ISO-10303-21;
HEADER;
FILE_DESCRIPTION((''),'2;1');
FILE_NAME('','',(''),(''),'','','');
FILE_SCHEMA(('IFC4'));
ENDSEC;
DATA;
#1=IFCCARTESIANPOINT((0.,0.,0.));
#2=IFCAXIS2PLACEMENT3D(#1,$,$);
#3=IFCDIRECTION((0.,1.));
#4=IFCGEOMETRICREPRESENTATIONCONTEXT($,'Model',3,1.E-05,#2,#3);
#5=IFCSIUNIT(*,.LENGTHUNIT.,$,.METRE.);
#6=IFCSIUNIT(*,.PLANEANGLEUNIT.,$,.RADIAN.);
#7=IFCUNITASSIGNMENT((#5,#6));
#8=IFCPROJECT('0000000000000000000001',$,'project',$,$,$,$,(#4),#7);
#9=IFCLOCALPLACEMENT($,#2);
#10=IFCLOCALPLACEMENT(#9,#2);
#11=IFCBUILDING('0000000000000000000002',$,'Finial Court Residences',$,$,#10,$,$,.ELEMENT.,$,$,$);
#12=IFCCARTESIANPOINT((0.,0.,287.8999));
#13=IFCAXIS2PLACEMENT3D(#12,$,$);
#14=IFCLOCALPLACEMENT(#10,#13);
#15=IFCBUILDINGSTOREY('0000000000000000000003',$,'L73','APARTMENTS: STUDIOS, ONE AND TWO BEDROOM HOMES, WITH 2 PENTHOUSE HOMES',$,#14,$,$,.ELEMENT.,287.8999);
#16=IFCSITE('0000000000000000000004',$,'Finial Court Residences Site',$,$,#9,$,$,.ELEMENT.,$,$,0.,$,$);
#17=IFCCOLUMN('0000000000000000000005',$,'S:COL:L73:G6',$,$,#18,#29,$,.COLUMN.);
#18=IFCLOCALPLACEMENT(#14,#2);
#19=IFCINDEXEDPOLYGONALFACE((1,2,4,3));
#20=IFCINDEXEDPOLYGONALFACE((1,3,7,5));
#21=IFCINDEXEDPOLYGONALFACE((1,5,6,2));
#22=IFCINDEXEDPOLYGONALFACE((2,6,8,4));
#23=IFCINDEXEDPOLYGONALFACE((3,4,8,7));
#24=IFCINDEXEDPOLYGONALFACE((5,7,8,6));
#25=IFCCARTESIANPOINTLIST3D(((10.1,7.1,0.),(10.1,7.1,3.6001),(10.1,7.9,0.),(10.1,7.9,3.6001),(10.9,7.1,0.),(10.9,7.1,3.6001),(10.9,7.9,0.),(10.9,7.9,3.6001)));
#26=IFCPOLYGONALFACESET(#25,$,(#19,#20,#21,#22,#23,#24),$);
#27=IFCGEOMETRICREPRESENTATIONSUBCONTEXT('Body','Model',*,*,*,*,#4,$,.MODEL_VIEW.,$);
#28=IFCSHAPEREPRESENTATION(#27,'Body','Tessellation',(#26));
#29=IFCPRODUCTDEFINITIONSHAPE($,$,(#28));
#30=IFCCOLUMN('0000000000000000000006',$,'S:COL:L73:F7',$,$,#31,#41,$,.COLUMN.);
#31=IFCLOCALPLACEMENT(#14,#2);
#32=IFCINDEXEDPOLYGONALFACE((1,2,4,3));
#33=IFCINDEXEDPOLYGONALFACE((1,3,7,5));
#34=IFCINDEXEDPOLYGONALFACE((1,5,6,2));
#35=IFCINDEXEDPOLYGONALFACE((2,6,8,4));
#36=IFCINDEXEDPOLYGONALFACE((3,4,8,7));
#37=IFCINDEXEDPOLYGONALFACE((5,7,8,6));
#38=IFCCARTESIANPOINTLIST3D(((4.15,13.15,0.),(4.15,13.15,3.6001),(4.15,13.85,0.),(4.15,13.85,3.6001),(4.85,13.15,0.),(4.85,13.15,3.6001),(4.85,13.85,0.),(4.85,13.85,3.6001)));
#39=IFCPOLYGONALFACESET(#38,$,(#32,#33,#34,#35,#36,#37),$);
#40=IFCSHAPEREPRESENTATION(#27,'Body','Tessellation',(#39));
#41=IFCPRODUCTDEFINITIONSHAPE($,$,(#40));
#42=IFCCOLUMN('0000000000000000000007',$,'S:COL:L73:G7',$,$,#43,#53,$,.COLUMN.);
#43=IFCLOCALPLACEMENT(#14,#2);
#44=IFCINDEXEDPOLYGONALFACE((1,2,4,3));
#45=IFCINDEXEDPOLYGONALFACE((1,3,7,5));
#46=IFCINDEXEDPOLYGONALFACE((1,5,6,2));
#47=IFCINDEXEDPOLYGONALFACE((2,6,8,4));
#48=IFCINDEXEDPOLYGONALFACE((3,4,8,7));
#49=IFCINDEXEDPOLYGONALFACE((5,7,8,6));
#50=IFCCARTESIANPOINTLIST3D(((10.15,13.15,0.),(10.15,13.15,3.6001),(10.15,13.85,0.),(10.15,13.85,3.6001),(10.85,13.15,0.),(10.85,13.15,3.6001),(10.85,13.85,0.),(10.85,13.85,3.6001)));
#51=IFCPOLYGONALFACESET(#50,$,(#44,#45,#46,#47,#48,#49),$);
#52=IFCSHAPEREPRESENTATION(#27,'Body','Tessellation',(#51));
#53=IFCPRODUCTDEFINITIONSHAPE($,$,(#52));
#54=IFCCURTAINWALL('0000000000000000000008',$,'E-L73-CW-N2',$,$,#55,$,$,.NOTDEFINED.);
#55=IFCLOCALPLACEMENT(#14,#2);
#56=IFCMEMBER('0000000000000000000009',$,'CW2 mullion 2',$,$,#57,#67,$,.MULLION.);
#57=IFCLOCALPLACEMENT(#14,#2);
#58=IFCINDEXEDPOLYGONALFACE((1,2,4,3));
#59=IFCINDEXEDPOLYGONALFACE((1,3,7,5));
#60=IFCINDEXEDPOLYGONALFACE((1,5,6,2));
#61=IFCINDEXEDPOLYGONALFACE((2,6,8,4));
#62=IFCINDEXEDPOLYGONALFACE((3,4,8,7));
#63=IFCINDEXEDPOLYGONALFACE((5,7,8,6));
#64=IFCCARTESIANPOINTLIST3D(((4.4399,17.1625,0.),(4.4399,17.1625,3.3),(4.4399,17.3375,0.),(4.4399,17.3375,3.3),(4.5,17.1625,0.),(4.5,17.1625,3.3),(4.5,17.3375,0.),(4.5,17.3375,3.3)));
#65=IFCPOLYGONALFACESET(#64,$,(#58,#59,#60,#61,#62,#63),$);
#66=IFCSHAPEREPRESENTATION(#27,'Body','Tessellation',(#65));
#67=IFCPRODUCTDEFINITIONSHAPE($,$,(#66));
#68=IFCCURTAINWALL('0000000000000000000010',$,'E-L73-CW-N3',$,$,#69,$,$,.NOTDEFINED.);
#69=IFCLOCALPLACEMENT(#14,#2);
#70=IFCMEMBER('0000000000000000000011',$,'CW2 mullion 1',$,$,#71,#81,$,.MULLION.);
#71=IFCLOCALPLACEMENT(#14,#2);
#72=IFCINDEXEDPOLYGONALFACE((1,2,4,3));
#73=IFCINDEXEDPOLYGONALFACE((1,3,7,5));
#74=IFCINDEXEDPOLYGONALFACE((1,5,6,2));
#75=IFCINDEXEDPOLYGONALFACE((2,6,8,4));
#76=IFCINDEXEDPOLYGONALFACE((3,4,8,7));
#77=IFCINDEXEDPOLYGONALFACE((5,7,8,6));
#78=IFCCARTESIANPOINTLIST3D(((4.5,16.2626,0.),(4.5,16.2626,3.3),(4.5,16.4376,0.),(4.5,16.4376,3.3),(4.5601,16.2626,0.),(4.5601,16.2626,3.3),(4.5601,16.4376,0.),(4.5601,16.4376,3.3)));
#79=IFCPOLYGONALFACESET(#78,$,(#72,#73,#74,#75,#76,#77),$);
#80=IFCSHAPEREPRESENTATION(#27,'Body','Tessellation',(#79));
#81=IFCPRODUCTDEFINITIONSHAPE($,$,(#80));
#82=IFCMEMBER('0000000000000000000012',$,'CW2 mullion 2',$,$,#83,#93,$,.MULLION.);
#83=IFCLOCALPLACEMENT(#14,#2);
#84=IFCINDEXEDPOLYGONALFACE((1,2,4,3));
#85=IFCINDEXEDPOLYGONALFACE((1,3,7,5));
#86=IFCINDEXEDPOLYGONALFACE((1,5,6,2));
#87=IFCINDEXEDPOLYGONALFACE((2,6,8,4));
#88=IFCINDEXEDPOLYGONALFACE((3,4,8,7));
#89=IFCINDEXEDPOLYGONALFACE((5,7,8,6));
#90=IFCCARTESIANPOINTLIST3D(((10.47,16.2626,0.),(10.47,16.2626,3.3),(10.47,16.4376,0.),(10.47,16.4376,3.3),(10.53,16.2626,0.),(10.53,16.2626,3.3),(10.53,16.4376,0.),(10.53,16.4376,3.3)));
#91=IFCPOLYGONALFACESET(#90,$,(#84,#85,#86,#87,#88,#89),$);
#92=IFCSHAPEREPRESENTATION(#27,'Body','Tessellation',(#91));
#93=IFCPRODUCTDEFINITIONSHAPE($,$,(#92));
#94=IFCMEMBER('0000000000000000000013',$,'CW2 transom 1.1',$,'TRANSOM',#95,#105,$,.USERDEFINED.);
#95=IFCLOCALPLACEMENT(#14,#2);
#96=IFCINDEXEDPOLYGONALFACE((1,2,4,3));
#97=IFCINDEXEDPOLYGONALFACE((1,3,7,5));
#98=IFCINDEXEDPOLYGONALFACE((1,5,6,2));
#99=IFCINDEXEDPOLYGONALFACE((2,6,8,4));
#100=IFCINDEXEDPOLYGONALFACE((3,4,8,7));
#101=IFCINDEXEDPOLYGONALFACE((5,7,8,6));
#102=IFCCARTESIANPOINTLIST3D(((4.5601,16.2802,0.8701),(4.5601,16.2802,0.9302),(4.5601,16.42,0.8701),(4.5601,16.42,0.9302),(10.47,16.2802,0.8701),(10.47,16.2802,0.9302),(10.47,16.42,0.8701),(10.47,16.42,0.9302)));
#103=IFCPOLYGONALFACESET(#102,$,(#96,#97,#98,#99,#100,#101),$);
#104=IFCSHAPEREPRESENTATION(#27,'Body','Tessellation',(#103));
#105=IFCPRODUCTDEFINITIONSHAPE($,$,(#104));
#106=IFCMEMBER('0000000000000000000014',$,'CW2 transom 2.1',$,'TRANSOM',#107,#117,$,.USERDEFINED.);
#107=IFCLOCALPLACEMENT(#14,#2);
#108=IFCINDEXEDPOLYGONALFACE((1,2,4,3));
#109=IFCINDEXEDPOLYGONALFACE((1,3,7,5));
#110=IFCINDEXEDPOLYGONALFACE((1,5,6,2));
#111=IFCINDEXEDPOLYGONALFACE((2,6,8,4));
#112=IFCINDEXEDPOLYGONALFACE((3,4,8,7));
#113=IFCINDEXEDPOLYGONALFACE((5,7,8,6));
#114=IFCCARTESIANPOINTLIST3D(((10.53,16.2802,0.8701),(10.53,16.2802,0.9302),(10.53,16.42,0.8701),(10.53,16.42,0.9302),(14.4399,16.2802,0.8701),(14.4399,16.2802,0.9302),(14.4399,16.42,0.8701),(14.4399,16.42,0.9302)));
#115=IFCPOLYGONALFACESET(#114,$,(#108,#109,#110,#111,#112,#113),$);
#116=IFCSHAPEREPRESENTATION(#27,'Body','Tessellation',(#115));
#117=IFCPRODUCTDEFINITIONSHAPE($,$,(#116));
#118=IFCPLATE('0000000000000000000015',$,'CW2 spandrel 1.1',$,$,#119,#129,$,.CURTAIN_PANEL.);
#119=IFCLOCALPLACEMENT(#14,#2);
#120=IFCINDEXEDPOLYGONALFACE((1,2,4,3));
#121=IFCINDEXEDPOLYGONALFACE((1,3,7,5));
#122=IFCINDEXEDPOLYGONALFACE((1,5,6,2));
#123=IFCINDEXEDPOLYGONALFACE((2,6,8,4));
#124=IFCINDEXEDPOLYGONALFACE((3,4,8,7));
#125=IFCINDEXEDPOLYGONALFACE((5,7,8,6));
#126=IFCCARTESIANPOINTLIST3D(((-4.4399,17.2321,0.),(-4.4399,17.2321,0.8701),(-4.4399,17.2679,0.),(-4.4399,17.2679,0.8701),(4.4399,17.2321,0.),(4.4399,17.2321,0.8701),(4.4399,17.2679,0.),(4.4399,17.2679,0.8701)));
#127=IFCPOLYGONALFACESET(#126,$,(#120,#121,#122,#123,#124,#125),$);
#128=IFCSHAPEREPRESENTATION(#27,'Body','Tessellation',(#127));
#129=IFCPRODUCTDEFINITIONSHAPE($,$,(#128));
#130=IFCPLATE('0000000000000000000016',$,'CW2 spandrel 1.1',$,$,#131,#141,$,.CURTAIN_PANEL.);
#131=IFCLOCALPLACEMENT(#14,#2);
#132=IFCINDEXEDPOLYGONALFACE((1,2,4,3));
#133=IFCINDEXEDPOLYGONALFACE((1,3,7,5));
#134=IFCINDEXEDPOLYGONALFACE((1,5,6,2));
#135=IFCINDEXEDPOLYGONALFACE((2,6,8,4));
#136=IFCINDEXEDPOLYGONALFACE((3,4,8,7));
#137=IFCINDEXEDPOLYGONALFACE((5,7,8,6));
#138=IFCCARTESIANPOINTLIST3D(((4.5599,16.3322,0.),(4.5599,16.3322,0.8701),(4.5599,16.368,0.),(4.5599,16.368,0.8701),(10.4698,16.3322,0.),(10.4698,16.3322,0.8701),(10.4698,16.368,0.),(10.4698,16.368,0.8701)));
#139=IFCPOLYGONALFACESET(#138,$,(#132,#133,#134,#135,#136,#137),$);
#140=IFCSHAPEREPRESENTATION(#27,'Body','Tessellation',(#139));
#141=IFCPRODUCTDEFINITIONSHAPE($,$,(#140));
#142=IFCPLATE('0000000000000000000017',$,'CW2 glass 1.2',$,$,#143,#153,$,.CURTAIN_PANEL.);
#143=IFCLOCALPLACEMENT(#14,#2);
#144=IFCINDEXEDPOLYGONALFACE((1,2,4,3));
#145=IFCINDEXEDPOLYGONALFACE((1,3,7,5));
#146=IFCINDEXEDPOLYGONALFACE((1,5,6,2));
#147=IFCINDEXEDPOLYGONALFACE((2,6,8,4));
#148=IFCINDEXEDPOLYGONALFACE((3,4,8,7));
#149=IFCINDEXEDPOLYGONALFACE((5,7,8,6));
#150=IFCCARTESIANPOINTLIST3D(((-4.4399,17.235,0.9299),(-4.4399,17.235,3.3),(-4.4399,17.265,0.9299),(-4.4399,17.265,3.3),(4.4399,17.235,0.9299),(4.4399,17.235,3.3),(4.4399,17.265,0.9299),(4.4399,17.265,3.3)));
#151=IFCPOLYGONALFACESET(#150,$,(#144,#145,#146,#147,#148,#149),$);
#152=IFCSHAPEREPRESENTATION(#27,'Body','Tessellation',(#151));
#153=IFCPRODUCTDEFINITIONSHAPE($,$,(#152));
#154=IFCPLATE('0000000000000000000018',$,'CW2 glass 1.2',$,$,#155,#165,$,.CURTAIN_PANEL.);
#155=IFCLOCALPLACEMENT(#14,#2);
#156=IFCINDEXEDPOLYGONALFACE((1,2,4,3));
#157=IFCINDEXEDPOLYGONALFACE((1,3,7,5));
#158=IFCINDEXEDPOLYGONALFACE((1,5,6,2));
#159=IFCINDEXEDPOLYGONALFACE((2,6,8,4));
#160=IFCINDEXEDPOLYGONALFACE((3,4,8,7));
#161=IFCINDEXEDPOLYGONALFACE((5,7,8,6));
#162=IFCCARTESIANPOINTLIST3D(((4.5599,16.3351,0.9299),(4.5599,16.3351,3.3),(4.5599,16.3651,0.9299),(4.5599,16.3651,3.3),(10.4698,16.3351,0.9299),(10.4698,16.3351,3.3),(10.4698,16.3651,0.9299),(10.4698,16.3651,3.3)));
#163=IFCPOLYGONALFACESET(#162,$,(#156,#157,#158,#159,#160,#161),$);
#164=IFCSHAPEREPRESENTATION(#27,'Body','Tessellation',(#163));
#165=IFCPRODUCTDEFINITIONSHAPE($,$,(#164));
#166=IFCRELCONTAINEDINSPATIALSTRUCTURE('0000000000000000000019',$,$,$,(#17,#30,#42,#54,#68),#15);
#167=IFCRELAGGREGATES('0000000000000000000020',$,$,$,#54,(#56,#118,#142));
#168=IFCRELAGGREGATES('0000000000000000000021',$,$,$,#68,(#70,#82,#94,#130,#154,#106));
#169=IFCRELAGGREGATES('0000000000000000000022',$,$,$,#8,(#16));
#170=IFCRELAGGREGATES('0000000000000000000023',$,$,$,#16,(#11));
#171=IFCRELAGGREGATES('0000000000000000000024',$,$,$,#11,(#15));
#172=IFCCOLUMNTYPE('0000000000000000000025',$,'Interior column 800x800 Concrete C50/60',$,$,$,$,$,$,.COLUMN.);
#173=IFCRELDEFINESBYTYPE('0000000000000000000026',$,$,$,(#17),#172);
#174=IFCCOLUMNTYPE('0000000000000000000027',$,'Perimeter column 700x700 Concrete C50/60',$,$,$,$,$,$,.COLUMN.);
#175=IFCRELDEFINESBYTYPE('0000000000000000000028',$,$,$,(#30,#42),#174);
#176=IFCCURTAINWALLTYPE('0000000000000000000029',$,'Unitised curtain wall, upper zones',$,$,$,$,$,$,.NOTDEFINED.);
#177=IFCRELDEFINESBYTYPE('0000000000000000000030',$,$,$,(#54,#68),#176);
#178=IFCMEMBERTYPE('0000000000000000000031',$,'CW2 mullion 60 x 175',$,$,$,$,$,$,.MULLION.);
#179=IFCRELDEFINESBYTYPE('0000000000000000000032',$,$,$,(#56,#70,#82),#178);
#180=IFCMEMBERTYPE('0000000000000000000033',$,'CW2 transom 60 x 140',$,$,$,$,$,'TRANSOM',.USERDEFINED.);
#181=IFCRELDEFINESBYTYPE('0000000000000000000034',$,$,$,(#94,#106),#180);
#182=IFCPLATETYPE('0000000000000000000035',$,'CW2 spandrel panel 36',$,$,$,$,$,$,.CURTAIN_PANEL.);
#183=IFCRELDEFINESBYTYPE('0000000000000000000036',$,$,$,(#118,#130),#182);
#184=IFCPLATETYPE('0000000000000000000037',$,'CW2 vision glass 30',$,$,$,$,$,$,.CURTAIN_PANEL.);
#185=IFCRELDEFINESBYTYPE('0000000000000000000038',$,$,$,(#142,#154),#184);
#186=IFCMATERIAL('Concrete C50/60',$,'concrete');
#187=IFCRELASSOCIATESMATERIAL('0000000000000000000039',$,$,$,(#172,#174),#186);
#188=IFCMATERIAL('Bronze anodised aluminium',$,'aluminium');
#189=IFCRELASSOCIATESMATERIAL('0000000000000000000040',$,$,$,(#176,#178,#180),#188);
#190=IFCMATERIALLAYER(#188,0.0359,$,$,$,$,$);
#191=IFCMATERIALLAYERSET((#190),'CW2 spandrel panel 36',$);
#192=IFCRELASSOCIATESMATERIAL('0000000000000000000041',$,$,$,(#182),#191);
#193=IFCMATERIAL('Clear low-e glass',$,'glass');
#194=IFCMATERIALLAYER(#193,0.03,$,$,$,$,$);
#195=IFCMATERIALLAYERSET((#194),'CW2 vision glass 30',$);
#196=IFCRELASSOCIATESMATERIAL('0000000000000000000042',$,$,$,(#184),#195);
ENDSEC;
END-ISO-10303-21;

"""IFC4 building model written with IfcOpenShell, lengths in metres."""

from ifc_helpers import new_model, si_unit, direction, frame, origin, origin_2d, place, context, subcontext, project, spatial, rectangle, extrude, material, layer, layer_set, material_profile, profile_set, type_object, element, aggregate, save


model = new_model("IFC4")

# Units and contexts
model_context = context("Model", 3, precision=1e-05, world=origin(), true_north=direction((0.0, 1.0)))
body_context = subcontext(model_context, "Body", "Model", "MODEL_VIEW")
ifc_project = project(units=[si_unit("LENGTHUNIT", "METRE"), si_unit("PLANEANGLEUNIT", "RADIAN")], contexts=[model_context])

# Site, building, storey
site_placement = place(None, origin())
site = spatial("IfcSite", under=ifc_project, at=site_placement, Name="Finial Court Residences Site", CompositionType="ELEMENT", RefElevation=0.0)
building_placement = place(site_placement, origin())
building = spatial("IfcBuilding", under=site, at=building_placement, Name="Finial Court Residences", CompositionType="ELEMENT")
storey_placement = place(building_placement, frame((0.0, 0.0, 287.8999)))
storey = spatial("IfcBuildingStorey", under=building, at=storey_placement, Name="L73", Description="APARTMENTS: STUDIOS, ONE AND TWO BEDROOM HOMES, WITH 2 PENTHOUSE HOMES", CompositionType="ELEMENT", Elevation=287.8999)

# Columns
ifc_material_1 = material(Name="Concrete C50/60", Category="concrete")
ifc_material_profile_1 = material_profile(ifc_material_1, rectangle(XDim=0.8, YDim=0.8, at=origin_2d()), Name="800x800")
ifc_profile_set_1 = profile_set([ifc_material_profile_1], Name="Concrete C50/60")
column_type_1 = type_object("IfcColumnType", Name="Interior column 800x800 Concrete C50/60", PredefinedType="COLUMN", material=ifc_profile_set_1)
column_placement = place(storey_placement, frame((10.5, 7.5, 0.0), z_axis=(0.0, 0.0, 1.0), x_axis=(1.0, 0.0, 0.0)))
element("IfcColumn", 1, at=column_placement, inside=storey, type_object=column_type_1, Name="S:COL:L73:G6", PredefinedType="COLUMN", context=body_context, shape_type="SweptSolid", body=[
    extrude(rectangle(XDim=0.8, YDim=0.8, at=origin_2d()), origin(), (0.0, 0.0, 1.0), 3.6001),
])
ifc_material_profile_2 = material_profile(ifc_material_1, rectangle(XDim=0.7, YDim=0.7, at=origin_2d()), Name="700x700")
ifc_profile_set_2 = profile_set([ifc_material_profile_2], Name="Concrete C50/60")
column_type_2 = type_object("IfcColumnType", Name="Perimeter column 700x700 Concrete C50/60", PredefinedType="COLUMN", material=ifc_profile_set_2)
for number, where, z_axis, x_axis, name in (
    (2, (4.5, 13.5, 0.0), (0.0, 0.0, 1.0), (1.0, 0.0, 0.0), "S:COL:L73:F7"),
    (3, (10.5, 13.5, 0.0), (0.0, 0.0, 1.0), (1.0, 0.0, 0.0), "S:COL:L73:G7"),
):
    element("IfcColumn", number, at=place(storey_placement, frame(where, z_axis=z_axis, x_axis=x_axis)), inside=storey, type_object=column_type_2, Name=name, PredefinedType="COLUMN", context=body_context, shape_type="SweptSolid", body=[
        extrude(rectangle(XDim=0.7, YDim=0.7, at=origin_2d()), origin(), (0.0, 0.0, 1.0), 3.6001),
    ])

# Curtain wall, member
ifc_material_2 = material(Name="Bronze anodised aluminium", Category="aluminium")
curtain_wall_type = type_object("IfcCurtainWallType", Name="Unitised curtain wall, upper zones", PredefinedType="NOTDEFINED", material=ifc_material_2)
curtain_wall_1_placement = place(storey_placement, origin())
curtain_wall_1 = element("IfcCurtainWall", 4, at=curtain_wall_1_placement, inside=storey, type_object=curtain_wall_type, Name="E-L73-CW-N2", PredefinedType="NOTDEFINED")
ifc_material_profile_3 = material_profile(ifc_material_2, rectangle(XDim=0.175, YDim=0.0601, at=origin_2d()), Name="CW2 mullion 60 x 175")
ifc_profile_set_3 = profile_set([ifc_material_profile_3], Name="Bronze anodised aluminium")
member_type_1 = type_object("IfcMemberType", Name="CW2 mullion 60 x 175", PredefinedType="MULLION", material=ifc_profile_set_3)
member_1_placement = place(storey_placement, frame((4.47, 17.25, 0.0), z_axis=(0.0, 0.0, 1.0), x_axis=(0.0, 1.0, 0.0)))
member_1 = element("IfcMember", 5, at=member_1_placement, type_object=member_type_1, Name="CW2 mullion 2", PredefinedType="MULLION", context=body_context, shape_type="SweptSolid", body=[
    extrude(rectangle(XDim=0.175, YDim=0.0601, at=origin_2d()), origin(), (0.0, 0.0, 1.0), 3.3),
])

# Curtain wall, members
curtain_wall_2_placement = place(storey_placement, origin())
curtain_wall_2 = element("IfcCurtainWall", 6, at=curtain_wall_2_placement, inside=storey, type_object=curtain_wall_type, Name="E-L73-CW-N3", PredefinedType="NOTDEFINED")
member_2_placement = place(storey_placement, frame((4.53, 16.3501, 0.0), z_axis=(0.0, 0.0, 1.0), x_axis=(0.0, 1.0, 0.0)))
member_2 = element("IfcMember", 7, at=member_2_placement, type_object=member_type_1, Name="CW2 mullion 1", PredefinedType="MULLION", context=body_context, shape_type="SweptSolid", body=[
    extrude(rectangle(XDim=0.175, YDim=0.0601, at=origin_2d()), origin(), (0.0, 0.0, 1.0), 3.3),
])
member_3_placement = place(storey_placement, frame((10.5, 16.3501, 0.0), z_axis=(0.0, 0.0, 1.0), x_axis=(0.0, 1.0, 0.0)))
member_3 = element("IfcMember", 8, at=member_3_placement, type_object=member_type_1, Name="CW2 mullion 2", PredefinedType="MULLION", context=body_context, shape_type="SweptSolid", body=[
    extrude(rectangle(XDim=0.175, YDim=0.0601, at=origin_2d()), origin(), (0.0, 0.0, 1.0), 3.3),
])
ifc_material_profile_4 = material_profile(ifc_material_2, rectangle(XDim=0.1399, YDim=0.0601, at=origin_2d()), Name="CW2 transom 60 x 140")
ifc_profile_set_4 = profile_set([ifc_material_profile_4], Name="Bronze anodised aluminium")
member_type_2 = type_object("IfcMemberType", Name="CW2 transom 60 x 140", ElementType="TRANSOM", PredefinedType="USERDEFINED", material=ifc_profile_set_4)
member_4_placement = place(storey_placement, frame((4.5601, 16.3501, 0.9001), z_axis=(1.0, 0.0, 0.0), x_axis=(0.0, 1.0, 0.0)))
member_4 = element("IfcMember", 9, at=member_4_placement, type_object=member_type_2, Name="CW2 transom 1.1", ObjectType="TRANSOM", PredefinedType="USERDEFINED", context=body_context, shape_type="SweptSolid", body=[
    extrude(rectangle(XDim=0.1399, YDim=0.0601, at=origin_2d()), origin(), (0.0, 0.0, 1.0), 5.9099),
])
member_5_placement = place(storey_placement, frame((10.53, 16.3501, 0.9001), z_axis=(1.0, 0.0, 0.0), x_axis=(0.0, 1.0, 0.0)))
member_5 = element("IfcMember", 10, at=member_5_placement, type_object=member_type_2, Name="CW2 transom 2.1", ObjectType="TRANSOM", PredefinedType="USERDEFINED", context=body_context, shape_type="SweptSolid", body=[
    extrude(rectangle(XDim=0.1399, YDim=0.0601, at=origin_2d()), origin(), (0.0, 0.0, 1.0), 3.9099),
])

# Plates
ifc_layer_1 = layer(ifc_material_2, 0.0359)
ifc_layer_set_1 = layer_set([ifc_layer_1], Name="CW2 spandrel panel 36")
plate_type_1 = type_object("IfcPlateType", Name="CW2 spandrel panel 36", PredefinedType="CURTAIN_PANEL", material=ifc_layer_set_1)
plate_1_placement = place(storey_placement, frame((0.0, 17.25, 0.0), z_axis=(0.0, 0.0, 1.0), x_axis=(1.0, 0.0, 0.0)))
plate_1 = element("IfcPlate", 11, at=plate_1_placement, type_object=plate_type_1, Name="CW2 spandrel 1.1", PredefinedType="CURTAIN_PANEL", context=body_context, shape_type="SweptSolid", body=[
    extrude(rectangle(XDim=8.8799, YDim=0.0359, at=origin_2d()), origin(), (0.0, 0.0, 1.0), 0.8701),
])
plate_2_placement = place(storey_placement, frame((7.5149, 16.3501, 0.0), z_axis=(0.0, 0.0, 1.0), x_axis=(1.0, 0.0, 0.0)))
plate_2 = element("IfcPlate", 12, at=plate_2_placement, type_object=plate_type_1, Name="CW2 spandrel 1.1", PredefinedType="CURTAIN_PANEL", context=body_context, shape_type="SweptSolid", body=[
    extrude(rectangle(XDim=5.9099, YDim=0.0359, at=origin_2d()), origin(), (0.0, 0.0, 1.0), 0.8701),
])
ifc_material_3 = material(Name="Clear low-e glass", Category="glass")
ifc_layer_2 = layer(ifc_material_3, 0.03)
ifc_layer_set_2 = layer_set([ifc_layer_2], Name="CW2 vision glass 30")
plate_type_2 = type_object("IfcPlateType", Name="CW2 vision glass 30", PredefinedType="CURTAIN_PANEL", material=ifc_layer_set_2)
plate_3_placement = place(storey_placement, frame((0.0, 17.25, 0.9299), z_axis=(0.0, 0.0, 1.0), x_axis=(1.0, 0.0, 0.0)))
plate_3 = element("IfcPlate", 13, at=plate_3_placement, type_object=plate_type_2, Name="CW2 glass 1.2", PredefinedType="CURTAIN_PANEL", context=body_context, shape_type="SweptSolid", body=[
    extrude(rectangle(XDim=8.8799, YDim=0.03, at=origin_2d()), origin(), (0.0, 0.0, 1.0), 2.3701),
])
aggregate(curtain_wall_1, [member_1, plate_1, plate_3])
plate_4_placement = place(storey_placement, frame((7.5149, 16.3501, 0.9299), z_axis=(0.0, 0.0, 1.0), x_axis=(1.0, 0.0, 0.0)))
plate_4 = element("IfcPlate", 14, at=plate_4_placement, type_object=plate_type_2, Name="CW2 glass 1.2", PredefinedType="CURTAIN_PANEL", context=body_context, shape_type="SweptSolid", body=[
    extrude(rectangle(XDim=5.9099, YDim=0.03, at=origin_2d()), origin(), (0.0, 0.0, 1.0), 2.3701),
])
aggregate(curtain_wall_2, [member_2, member_3, member_4, plate_2, plate_4, member_5])

save(model, "model.ifc")
